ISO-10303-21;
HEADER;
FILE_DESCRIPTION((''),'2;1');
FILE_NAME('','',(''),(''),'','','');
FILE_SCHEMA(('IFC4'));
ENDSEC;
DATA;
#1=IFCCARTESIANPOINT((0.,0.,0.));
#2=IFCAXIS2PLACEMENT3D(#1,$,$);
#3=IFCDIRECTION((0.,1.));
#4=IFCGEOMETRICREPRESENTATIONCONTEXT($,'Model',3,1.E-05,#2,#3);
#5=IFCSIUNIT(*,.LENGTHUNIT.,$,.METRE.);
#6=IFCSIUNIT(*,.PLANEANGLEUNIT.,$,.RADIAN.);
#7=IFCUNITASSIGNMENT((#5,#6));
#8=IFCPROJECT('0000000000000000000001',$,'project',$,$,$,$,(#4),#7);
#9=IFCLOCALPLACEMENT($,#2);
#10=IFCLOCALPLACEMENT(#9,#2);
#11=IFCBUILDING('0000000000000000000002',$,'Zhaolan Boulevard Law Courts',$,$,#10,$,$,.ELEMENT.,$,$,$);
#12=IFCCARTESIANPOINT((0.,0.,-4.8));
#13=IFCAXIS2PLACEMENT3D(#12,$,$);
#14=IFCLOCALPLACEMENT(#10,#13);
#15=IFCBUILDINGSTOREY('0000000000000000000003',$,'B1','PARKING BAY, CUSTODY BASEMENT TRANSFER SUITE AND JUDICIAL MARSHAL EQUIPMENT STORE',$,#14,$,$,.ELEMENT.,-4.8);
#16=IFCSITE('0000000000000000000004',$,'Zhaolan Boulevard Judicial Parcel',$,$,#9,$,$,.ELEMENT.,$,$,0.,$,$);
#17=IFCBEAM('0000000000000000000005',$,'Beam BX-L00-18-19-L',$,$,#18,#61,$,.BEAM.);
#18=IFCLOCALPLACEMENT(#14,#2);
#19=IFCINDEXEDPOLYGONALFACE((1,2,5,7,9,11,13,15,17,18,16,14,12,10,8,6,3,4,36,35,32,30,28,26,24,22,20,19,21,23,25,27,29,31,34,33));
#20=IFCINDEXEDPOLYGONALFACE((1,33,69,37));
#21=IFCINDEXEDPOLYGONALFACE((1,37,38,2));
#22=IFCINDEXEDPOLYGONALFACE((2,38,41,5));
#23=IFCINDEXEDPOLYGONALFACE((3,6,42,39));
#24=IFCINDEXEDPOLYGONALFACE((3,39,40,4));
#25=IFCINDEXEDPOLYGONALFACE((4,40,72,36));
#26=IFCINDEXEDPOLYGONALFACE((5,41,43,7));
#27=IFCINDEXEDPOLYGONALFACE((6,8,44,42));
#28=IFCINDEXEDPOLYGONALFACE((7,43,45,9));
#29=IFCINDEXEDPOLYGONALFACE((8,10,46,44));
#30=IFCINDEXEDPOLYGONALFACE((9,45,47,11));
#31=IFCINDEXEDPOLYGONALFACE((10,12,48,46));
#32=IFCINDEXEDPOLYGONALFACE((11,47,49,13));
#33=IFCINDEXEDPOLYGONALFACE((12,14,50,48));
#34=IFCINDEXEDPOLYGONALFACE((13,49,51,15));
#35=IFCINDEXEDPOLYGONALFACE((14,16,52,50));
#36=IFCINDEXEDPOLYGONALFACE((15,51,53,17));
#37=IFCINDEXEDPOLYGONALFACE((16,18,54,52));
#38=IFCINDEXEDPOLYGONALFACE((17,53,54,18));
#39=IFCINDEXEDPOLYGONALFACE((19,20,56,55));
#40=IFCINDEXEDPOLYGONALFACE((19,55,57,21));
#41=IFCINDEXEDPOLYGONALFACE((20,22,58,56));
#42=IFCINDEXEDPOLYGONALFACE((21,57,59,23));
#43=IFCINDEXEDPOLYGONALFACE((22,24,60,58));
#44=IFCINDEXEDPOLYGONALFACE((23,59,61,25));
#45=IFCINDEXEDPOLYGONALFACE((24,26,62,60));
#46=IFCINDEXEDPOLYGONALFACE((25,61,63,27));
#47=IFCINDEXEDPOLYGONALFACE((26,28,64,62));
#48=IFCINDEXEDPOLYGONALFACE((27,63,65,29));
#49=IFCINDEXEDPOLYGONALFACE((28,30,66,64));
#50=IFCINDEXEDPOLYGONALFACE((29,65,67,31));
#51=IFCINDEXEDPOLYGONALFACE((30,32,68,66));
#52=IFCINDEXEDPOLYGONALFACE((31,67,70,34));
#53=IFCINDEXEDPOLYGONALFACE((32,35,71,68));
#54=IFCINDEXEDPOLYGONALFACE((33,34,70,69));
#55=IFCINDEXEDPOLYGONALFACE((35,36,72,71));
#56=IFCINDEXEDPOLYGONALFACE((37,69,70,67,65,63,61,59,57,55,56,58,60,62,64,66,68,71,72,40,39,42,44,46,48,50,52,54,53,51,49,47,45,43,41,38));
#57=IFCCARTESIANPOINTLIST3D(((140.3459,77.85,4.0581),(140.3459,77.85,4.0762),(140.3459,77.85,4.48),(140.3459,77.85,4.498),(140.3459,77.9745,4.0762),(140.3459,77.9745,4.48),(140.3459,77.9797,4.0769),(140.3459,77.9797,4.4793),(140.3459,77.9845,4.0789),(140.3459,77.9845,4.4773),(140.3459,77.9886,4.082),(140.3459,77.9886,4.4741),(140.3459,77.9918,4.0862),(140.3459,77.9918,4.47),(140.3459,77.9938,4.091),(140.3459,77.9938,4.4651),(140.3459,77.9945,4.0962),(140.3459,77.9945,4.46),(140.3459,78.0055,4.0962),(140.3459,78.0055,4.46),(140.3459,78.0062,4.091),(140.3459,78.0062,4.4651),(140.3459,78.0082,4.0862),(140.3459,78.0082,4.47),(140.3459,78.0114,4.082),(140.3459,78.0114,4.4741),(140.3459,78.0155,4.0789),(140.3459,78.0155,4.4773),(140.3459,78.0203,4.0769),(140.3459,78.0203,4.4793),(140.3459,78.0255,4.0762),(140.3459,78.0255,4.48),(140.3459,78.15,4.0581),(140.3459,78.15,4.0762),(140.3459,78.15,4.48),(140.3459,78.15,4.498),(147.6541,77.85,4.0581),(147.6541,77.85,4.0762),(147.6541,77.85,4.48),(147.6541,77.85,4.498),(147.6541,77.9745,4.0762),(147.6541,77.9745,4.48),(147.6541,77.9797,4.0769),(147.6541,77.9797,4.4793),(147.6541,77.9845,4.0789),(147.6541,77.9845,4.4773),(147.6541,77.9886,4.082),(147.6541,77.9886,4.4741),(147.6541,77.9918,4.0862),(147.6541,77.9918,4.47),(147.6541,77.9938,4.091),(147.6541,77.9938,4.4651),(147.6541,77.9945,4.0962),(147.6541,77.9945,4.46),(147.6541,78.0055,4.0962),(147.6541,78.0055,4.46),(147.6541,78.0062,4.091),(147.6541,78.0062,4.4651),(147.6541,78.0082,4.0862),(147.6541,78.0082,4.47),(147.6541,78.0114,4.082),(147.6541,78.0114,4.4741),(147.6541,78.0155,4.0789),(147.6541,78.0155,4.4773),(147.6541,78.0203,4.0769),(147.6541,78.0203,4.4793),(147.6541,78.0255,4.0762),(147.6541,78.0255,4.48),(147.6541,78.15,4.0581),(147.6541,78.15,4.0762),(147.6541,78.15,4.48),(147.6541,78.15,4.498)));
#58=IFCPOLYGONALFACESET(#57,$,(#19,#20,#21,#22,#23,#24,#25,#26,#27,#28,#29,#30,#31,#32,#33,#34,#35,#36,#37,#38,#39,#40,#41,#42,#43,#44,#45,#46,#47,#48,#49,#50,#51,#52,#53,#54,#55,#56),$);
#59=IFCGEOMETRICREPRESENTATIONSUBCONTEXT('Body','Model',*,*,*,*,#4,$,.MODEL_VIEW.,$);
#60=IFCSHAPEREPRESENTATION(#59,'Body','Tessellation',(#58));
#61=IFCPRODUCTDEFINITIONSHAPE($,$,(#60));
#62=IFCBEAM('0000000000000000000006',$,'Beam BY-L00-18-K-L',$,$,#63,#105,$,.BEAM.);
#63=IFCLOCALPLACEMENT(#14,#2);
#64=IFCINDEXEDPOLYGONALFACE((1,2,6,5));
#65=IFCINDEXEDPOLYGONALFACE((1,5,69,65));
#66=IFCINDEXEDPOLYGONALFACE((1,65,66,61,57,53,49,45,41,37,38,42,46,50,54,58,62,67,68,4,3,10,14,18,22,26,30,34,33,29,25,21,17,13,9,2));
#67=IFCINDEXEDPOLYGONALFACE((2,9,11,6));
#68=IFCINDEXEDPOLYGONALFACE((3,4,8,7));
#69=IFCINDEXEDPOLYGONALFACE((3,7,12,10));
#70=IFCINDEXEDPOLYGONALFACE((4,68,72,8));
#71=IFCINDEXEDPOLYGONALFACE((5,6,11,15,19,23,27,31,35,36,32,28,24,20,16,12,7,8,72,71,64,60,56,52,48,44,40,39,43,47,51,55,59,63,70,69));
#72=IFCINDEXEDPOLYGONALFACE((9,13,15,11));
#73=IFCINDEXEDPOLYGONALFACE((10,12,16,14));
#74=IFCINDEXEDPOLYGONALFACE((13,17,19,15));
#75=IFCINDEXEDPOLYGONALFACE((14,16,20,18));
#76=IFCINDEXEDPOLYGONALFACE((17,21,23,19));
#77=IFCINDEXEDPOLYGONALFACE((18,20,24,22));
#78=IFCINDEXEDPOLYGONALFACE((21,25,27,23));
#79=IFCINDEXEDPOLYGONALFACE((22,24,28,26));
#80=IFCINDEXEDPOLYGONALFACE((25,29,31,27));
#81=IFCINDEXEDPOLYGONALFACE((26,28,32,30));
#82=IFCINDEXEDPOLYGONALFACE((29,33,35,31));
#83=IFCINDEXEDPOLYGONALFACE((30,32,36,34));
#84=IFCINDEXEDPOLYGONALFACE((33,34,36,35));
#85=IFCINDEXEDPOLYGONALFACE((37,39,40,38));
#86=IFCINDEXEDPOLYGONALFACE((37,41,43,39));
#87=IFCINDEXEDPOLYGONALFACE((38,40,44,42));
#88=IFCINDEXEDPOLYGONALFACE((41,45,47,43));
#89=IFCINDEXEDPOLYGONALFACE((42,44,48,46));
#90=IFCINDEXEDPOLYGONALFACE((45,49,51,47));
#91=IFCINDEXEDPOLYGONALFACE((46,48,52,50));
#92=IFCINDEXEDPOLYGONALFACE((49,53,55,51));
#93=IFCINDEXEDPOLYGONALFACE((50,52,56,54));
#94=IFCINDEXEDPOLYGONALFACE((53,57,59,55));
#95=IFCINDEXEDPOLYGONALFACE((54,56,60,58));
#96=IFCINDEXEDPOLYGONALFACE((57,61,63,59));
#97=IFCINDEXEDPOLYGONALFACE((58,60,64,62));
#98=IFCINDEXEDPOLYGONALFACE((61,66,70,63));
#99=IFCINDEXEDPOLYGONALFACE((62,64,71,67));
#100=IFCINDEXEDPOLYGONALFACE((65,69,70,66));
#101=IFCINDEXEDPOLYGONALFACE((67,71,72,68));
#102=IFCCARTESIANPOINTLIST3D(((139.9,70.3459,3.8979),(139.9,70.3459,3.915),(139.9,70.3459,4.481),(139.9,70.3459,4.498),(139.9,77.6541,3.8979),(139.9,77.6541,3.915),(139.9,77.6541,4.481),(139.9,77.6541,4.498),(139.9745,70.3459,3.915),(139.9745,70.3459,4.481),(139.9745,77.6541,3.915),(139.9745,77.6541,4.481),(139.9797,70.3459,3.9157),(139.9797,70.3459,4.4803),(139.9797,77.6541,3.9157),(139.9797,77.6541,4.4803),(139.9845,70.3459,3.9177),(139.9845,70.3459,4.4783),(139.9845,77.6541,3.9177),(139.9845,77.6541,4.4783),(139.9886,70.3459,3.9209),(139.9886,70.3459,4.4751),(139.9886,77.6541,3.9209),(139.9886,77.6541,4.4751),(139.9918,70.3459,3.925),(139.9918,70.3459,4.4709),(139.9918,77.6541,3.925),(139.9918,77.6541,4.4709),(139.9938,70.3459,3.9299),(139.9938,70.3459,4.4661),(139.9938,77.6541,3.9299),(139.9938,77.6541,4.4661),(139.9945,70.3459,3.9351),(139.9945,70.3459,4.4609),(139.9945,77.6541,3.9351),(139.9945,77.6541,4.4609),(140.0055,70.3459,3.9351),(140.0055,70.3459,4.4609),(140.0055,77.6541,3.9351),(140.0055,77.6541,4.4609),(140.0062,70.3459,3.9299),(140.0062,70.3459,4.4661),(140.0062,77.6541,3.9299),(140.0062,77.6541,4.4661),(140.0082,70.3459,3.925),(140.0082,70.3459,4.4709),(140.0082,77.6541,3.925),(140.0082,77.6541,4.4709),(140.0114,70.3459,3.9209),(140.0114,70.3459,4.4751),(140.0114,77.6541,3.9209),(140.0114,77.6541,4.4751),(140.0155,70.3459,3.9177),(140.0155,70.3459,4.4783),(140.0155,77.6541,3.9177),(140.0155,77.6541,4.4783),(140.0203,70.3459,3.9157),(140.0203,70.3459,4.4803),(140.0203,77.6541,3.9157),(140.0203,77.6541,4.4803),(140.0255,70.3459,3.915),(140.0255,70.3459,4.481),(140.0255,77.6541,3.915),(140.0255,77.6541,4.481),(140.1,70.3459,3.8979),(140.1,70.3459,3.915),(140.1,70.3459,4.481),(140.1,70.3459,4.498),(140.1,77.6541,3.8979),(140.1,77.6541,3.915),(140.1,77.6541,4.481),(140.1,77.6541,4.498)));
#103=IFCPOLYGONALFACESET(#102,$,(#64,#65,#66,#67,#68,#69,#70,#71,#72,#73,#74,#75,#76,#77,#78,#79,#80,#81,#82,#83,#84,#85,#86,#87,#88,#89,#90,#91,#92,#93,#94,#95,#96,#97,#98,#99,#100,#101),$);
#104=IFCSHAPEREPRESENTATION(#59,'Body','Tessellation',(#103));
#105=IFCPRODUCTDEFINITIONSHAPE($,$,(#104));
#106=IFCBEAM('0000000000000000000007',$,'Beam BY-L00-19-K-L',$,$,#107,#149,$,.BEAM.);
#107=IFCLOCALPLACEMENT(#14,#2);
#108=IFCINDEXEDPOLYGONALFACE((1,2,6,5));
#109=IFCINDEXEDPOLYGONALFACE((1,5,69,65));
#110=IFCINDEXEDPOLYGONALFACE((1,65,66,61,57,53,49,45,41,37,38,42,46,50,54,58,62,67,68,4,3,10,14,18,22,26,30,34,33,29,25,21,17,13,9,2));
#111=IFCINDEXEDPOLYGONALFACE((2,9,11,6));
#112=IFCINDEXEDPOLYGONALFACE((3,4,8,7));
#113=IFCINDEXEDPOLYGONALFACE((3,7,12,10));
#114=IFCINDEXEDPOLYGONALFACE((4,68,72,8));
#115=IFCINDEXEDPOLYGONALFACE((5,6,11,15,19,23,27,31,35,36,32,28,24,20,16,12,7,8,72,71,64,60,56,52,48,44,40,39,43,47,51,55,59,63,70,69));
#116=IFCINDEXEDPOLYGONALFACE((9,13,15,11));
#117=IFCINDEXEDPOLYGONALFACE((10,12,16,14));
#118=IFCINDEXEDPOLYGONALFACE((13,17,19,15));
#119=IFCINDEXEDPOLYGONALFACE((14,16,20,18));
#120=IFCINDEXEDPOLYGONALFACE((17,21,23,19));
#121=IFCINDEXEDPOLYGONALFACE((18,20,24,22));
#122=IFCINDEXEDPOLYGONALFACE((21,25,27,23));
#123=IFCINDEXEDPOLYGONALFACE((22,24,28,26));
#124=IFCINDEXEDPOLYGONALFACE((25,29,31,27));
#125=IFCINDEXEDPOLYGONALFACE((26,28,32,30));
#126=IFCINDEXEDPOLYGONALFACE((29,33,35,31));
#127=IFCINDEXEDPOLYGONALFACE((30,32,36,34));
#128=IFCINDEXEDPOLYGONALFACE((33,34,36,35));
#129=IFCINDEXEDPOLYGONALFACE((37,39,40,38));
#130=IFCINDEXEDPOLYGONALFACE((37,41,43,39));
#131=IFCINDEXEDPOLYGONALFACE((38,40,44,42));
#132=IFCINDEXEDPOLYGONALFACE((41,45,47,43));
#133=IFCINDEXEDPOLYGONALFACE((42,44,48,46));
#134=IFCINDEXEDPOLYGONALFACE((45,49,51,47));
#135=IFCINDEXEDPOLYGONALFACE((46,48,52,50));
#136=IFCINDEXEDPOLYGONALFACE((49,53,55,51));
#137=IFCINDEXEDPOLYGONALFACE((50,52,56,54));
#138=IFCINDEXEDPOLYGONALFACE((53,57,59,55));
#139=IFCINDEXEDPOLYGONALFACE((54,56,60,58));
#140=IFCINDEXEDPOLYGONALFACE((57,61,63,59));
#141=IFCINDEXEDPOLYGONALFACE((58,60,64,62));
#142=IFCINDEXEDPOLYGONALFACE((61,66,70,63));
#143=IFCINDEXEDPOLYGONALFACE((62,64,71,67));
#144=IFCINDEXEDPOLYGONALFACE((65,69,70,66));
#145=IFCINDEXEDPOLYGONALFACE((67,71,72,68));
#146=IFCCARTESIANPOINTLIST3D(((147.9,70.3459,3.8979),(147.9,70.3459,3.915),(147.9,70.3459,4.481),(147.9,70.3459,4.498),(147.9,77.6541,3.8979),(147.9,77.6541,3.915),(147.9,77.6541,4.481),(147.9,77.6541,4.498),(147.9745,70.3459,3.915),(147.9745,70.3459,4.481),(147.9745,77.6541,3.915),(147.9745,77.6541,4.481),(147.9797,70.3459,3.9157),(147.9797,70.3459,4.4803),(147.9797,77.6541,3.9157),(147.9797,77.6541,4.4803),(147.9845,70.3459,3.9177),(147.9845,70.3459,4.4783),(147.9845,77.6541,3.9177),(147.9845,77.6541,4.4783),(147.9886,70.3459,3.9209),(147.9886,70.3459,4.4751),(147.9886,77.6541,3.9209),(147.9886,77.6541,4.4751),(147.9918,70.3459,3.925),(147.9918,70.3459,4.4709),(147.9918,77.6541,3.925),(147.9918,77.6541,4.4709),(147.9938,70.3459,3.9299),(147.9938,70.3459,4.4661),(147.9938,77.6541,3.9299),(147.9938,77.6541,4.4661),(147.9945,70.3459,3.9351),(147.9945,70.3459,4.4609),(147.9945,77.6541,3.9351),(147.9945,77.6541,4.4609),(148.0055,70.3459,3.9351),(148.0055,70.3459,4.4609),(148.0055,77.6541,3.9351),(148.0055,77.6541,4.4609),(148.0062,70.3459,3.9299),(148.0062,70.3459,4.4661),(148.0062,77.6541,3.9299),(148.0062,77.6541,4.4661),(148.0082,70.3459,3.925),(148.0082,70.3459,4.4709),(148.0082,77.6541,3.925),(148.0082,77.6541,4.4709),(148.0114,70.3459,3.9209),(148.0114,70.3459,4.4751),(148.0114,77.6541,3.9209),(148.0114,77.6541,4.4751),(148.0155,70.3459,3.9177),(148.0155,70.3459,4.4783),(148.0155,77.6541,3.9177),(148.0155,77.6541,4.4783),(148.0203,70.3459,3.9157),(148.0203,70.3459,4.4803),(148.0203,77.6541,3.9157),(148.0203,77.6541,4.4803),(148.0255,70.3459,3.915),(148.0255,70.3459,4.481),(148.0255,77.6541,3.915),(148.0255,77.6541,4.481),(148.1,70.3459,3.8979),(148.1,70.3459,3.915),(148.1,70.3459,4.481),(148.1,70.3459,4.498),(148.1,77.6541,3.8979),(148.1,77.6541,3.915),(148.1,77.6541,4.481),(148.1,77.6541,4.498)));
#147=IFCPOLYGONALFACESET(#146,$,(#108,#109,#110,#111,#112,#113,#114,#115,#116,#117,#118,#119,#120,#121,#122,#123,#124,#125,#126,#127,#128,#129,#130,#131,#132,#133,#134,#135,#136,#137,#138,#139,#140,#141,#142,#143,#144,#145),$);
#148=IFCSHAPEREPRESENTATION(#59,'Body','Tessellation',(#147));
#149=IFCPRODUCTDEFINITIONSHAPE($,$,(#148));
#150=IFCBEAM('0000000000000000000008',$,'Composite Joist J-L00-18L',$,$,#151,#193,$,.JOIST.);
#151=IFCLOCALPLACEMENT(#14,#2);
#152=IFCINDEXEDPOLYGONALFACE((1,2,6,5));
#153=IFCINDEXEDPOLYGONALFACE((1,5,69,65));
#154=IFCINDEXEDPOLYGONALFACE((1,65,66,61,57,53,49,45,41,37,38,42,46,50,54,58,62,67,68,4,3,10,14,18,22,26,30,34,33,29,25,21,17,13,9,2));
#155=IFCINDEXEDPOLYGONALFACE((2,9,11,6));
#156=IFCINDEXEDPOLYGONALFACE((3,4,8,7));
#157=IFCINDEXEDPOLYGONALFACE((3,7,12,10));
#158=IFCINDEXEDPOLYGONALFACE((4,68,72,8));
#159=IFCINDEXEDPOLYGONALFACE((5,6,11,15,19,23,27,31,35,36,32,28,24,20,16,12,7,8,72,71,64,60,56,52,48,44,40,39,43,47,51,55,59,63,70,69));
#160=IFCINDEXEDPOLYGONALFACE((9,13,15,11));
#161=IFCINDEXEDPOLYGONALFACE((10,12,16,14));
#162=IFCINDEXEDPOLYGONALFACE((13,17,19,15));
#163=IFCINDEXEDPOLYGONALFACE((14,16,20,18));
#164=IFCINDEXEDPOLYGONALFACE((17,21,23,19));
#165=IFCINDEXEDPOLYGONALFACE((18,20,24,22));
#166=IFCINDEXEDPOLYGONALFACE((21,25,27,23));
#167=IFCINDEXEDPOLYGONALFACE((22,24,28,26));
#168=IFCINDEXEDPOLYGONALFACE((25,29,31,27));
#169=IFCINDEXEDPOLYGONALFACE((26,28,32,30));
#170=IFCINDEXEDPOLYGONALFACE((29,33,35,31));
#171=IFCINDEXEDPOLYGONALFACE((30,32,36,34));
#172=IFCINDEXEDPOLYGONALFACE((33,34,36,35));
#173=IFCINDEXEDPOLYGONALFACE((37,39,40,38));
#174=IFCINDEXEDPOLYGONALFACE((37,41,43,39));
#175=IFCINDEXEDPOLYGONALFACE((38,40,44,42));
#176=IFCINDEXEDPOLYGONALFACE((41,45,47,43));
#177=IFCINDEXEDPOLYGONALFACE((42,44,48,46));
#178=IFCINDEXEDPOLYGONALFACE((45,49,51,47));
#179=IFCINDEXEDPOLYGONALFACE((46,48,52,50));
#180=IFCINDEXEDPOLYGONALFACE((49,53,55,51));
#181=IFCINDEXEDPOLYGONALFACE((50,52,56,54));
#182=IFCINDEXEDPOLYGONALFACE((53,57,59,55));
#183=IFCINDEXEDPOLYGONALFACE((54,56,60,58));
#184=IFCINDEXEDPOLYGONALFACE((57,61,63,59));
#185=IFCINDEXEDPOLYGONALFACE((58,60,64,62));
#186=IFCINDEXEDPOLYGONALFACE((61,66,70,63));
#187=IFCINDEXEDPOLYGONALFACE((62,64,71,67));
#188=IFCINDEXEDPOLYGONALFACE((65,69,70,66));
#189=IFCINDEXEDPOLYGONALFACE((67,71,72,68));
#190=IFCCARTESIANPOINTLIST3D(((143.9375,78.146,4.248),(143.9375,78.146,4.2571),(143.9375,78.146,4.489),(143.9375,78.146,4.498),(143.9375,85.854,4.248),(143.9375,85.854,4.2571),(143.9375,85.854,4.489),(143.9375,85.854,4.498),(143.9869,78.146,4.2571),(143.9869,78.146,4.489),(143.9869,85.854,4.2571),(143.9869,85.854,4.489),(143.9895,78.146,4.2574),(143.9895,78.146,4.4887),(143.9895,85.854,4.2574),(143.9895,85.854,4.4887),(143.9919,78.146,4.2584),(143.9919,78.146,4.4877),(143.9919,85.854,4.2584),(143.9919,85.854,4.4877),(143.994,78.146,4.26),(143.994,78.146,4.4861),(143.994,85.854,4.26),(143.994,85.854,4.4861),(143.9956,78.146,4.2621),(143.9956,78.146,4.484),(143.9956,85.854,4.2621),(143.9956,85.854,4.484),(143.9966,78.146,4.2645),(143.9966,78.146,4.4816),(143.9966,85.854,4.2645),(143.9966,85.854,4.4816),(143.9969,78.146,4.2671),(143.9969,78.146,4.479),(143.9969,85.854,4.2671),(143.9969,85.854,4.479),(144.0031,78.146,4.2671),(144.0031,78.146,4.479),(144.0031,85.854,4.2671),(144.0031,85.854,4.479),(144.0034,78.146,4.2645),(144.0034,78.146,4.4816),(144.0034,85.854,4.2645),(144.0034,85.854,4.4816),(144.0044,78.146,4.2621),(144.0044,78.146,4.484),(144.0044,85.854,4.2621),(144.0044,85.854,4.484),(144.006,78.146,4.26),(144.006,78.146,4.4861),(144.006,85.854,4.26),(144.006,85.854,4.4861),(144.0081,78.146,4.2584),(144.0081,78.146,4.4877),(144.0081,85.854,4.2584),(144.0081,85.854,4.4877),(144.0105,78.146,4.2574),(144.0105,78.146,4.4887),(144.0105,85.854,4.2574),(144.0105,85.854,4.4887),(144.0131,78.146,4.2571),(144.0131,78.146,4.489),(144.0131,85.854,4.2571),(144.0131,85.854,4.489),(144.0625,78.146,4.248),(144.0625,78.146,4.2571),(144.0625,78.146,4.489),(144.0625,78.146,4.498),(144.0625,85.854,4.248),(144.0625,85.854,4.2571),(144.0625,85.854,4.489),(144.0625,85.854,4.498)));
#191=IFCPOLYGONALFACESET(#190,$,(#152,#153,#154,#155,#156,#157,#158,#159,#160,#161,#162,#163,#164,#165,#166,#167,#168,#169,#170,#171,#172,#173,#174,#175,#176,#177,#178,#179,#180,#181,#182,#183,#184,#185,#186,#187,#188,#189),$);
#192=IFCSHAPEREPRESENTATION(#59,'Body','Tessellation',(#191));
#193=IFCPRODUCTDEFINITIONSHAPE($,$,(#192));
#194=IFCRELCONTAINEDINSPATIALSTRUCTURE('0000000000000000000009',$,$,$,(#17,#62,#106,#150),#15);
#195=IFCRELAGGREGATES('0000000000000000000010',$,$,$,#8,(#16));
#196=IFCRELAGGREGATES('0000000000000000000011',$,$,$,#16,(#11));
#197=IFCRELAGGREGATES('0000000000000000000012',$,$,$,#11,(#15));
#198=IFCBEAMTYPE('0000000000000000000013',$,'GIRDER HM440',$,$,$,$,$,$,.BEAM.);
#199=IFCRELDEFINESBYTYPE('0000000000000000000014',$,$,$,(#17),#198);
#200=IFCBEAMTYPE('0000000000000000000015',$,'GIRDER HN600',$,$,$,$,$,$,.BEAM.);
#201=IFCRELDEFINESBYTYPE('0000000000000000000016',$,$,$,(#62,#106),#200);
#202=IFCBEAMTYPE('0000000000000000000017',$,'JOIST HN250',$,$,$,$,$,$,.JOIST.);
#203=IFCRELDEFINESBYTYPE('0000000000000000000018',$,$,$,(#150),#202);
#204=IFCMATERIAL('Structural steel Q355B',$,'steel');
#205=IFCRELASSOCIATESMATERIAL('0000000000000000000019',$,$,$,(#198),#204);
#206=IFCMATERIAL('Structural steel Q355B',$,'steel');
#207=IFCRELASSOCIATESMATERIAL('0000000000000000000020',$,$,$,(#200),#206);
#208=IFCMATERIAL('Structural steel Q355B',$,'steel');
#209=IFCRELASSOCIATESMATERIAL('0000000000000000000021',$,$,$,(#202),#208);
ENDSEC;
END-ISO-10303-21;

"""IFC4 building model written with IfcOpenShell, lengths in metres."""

from ifc_helpers import new_model, si_unit, direction, frame, origin, origin_2d, place, context, subcontext, project, spatial, i_section, extrude, material, material_profile, profile_set, type_object, element, save


model = new_model("IFC4")

# Units and contexts
model_context = context("Model", 3, precision=1e-05, world=origin(), true_north=direction((0.0, 1.0)))
body_context = subcontext(model_context, "Body", "Model", "MODEL_VIEW")
ifc_project = project(units=[si_unit("LENGTHUNIT", "METRE"), si_unit("PLANEANGLEUNIT", "RADIAN")], contexts=[model_context])

# Site, building, storey
site_placement = place(None, origin())
site = spatial("IfcSite", under=ifc_project, at=site_placement, Name="Zhaolan Boulevard Judicial Parcel", CompositionType="ELEMENT", RefElevation=0.0)
building_placement = place(site_placement, origin())
building = spatial("IfcBuilding", under=site, at=building_placement, Name="Zhaolan Boulevard Law Courts", CompositionType="ELEMENT")
storey_placement = place(building_placement, frame((0.0, 0.0, -4.8)))
storey = spatial("IfcBuildingStorey", under=building, at=storey_placement, Name="B1", Description="PARKING BAY, CUSTODY BASEMENT TRANSFER SUITE AND JUDICIAL MARSHAL EQUIPMENT STORE", CompositionType="ELEMENT", Elevation=-4.8)

# Beams
ifc_material_1 = material(Name="Structural steel Q355B", Category="steel")
ifc_material_profile_1 = material_profile(ifc_material_1, i_section(OverallWidth=0.3, OverallDepth=0.4399, WebThickness=0.011, FlangeThickness=0.0181, FilletRadius=0.02, at=origin_2d()), Name="HM440x300")
ifc_profile_set_1 = profile_set([ifc_material_profile_1], Name="Structural steel Q355B")
beam_type_1 = type_object("IfcBeamType", Name="GIRDER HM440", PredefinedType="BEAM", material=ifc_profile_set_1)
beam_1_placement = place(storey_placement, frame((140.3459, 78.0, 4.2781), z_axis=(1.0, 0.0, 0.0), x_axis=(0.0, 1.0, 0.0)))
element("IfcBeam", 1, at=beam_1_placement, inside=storey, type_object=beam_type_1, Name="Beam BX-L00-18-19-L", PredefinedType="BEAM", context=body_context, shape_type="SweptSolid", body=[
    extrude(i_section(OverallWidth=0.3, OverallDepth=0.4399, WebThickness=0.011, FlangeThickness=0.0181, FilletRadius=0.02, at=origin_2d()), origin(), (0.0, 0.0, 1.0), 7.3081),
])
ifc_material_2 = material(Name="Structural steel Q355B", Category="steel")
ifc_material_profile_2 = material_profile(ifc_material_2, i_section(OverallWidth=0.2, OverallDepth=0.6001, WebThickness=0.011, FlangeThickness=0.0171, FilletRadius=0.02, at=origin_2d()), Name="HN600x200")
ifc_profile_set_2 = profile_set([ifc_material_profile_2], Name="Structural steel Q355B")
beam_type_2 = type_object("IfcBeamType", Name="GIRDER HN600", PredefinedType="BEAM", material=ifc_profile_set_2)
for number, where, z_axis, x_axis, name in (
    (2, (140.0, 70.3459, 4.198), (0.0, 1.0, 0.0), (-1.0, 0.0, 0.0), "Beam BY-L00-18-K-L"),
    (3, (148.0, 70.3459, 4.198), (0.0, 1.0, 0.0), (-1.0, 0.0, 0.0), "Beam BY-L00-19-K-L"),
):
    element("IfcBeam", number, at=place(storey_placement, frame(where, z_axis=z_axis, x_axis=x_axis)), inside=storey, type_object=beam_type_2, Name=name, PredefinedType="BEAM", context=body_context, shape_type="SweptSolid", body=[
        extrude(i_section(OverallWidth=0.2, OverallDepth=0.6001, WebThickness=0.011, FlangeThickness=0.0171, FilletRadius=0.02, at=origin_2d()), origin(), (0.0, 0.0, 1.0), 7.3081),
    ])
ifc_material_3 = material(Name="Structural steel Q355B", Category="steel")
ifc_material_profile_3 = material_profile(ifc_material_3, i_section(OverallWidth=0.125, OverallDepth=0.25, WebThickness=0.0061, FlangeThickness=0.009, FilletRadius=0.01, at=origin_2d()), Name="HN250x125")
ifc_profile_set_3 = profile_set([ifc_material_profile_3], Name="Structural steel Q355B")
beam_type_3 = type_object("IfcBeamType", Name="JOIST HN250", PredefinedType="JOIST", material=ifc_profile_set_3)
beam_2_placement = place(storey_placement, frame((144.0, 78.146, 4.373), z_axis=(0.0, 1.0, 0.0), x_axis=(-1.0, 0.0, 0.0)))
element("IfcBeam", 4, at=beam_2_placement, inside=storey, type_object=beam_type_3, Name="Composite Joist J-L00-18L", PredefinedType="JOIST", context=body_context, shape_type="SweptSolid", body=[
    extrude(i_section(OverallWidth=0.125, OverallDepth=0.25, WebThickness=0.0061, FlangeThickness=0.009, FilletRadius=0.01, at=origin_2d()), origin(), (0.0, 0.0, 1.0), 7.708),
])

save(model, "model.ifc")
